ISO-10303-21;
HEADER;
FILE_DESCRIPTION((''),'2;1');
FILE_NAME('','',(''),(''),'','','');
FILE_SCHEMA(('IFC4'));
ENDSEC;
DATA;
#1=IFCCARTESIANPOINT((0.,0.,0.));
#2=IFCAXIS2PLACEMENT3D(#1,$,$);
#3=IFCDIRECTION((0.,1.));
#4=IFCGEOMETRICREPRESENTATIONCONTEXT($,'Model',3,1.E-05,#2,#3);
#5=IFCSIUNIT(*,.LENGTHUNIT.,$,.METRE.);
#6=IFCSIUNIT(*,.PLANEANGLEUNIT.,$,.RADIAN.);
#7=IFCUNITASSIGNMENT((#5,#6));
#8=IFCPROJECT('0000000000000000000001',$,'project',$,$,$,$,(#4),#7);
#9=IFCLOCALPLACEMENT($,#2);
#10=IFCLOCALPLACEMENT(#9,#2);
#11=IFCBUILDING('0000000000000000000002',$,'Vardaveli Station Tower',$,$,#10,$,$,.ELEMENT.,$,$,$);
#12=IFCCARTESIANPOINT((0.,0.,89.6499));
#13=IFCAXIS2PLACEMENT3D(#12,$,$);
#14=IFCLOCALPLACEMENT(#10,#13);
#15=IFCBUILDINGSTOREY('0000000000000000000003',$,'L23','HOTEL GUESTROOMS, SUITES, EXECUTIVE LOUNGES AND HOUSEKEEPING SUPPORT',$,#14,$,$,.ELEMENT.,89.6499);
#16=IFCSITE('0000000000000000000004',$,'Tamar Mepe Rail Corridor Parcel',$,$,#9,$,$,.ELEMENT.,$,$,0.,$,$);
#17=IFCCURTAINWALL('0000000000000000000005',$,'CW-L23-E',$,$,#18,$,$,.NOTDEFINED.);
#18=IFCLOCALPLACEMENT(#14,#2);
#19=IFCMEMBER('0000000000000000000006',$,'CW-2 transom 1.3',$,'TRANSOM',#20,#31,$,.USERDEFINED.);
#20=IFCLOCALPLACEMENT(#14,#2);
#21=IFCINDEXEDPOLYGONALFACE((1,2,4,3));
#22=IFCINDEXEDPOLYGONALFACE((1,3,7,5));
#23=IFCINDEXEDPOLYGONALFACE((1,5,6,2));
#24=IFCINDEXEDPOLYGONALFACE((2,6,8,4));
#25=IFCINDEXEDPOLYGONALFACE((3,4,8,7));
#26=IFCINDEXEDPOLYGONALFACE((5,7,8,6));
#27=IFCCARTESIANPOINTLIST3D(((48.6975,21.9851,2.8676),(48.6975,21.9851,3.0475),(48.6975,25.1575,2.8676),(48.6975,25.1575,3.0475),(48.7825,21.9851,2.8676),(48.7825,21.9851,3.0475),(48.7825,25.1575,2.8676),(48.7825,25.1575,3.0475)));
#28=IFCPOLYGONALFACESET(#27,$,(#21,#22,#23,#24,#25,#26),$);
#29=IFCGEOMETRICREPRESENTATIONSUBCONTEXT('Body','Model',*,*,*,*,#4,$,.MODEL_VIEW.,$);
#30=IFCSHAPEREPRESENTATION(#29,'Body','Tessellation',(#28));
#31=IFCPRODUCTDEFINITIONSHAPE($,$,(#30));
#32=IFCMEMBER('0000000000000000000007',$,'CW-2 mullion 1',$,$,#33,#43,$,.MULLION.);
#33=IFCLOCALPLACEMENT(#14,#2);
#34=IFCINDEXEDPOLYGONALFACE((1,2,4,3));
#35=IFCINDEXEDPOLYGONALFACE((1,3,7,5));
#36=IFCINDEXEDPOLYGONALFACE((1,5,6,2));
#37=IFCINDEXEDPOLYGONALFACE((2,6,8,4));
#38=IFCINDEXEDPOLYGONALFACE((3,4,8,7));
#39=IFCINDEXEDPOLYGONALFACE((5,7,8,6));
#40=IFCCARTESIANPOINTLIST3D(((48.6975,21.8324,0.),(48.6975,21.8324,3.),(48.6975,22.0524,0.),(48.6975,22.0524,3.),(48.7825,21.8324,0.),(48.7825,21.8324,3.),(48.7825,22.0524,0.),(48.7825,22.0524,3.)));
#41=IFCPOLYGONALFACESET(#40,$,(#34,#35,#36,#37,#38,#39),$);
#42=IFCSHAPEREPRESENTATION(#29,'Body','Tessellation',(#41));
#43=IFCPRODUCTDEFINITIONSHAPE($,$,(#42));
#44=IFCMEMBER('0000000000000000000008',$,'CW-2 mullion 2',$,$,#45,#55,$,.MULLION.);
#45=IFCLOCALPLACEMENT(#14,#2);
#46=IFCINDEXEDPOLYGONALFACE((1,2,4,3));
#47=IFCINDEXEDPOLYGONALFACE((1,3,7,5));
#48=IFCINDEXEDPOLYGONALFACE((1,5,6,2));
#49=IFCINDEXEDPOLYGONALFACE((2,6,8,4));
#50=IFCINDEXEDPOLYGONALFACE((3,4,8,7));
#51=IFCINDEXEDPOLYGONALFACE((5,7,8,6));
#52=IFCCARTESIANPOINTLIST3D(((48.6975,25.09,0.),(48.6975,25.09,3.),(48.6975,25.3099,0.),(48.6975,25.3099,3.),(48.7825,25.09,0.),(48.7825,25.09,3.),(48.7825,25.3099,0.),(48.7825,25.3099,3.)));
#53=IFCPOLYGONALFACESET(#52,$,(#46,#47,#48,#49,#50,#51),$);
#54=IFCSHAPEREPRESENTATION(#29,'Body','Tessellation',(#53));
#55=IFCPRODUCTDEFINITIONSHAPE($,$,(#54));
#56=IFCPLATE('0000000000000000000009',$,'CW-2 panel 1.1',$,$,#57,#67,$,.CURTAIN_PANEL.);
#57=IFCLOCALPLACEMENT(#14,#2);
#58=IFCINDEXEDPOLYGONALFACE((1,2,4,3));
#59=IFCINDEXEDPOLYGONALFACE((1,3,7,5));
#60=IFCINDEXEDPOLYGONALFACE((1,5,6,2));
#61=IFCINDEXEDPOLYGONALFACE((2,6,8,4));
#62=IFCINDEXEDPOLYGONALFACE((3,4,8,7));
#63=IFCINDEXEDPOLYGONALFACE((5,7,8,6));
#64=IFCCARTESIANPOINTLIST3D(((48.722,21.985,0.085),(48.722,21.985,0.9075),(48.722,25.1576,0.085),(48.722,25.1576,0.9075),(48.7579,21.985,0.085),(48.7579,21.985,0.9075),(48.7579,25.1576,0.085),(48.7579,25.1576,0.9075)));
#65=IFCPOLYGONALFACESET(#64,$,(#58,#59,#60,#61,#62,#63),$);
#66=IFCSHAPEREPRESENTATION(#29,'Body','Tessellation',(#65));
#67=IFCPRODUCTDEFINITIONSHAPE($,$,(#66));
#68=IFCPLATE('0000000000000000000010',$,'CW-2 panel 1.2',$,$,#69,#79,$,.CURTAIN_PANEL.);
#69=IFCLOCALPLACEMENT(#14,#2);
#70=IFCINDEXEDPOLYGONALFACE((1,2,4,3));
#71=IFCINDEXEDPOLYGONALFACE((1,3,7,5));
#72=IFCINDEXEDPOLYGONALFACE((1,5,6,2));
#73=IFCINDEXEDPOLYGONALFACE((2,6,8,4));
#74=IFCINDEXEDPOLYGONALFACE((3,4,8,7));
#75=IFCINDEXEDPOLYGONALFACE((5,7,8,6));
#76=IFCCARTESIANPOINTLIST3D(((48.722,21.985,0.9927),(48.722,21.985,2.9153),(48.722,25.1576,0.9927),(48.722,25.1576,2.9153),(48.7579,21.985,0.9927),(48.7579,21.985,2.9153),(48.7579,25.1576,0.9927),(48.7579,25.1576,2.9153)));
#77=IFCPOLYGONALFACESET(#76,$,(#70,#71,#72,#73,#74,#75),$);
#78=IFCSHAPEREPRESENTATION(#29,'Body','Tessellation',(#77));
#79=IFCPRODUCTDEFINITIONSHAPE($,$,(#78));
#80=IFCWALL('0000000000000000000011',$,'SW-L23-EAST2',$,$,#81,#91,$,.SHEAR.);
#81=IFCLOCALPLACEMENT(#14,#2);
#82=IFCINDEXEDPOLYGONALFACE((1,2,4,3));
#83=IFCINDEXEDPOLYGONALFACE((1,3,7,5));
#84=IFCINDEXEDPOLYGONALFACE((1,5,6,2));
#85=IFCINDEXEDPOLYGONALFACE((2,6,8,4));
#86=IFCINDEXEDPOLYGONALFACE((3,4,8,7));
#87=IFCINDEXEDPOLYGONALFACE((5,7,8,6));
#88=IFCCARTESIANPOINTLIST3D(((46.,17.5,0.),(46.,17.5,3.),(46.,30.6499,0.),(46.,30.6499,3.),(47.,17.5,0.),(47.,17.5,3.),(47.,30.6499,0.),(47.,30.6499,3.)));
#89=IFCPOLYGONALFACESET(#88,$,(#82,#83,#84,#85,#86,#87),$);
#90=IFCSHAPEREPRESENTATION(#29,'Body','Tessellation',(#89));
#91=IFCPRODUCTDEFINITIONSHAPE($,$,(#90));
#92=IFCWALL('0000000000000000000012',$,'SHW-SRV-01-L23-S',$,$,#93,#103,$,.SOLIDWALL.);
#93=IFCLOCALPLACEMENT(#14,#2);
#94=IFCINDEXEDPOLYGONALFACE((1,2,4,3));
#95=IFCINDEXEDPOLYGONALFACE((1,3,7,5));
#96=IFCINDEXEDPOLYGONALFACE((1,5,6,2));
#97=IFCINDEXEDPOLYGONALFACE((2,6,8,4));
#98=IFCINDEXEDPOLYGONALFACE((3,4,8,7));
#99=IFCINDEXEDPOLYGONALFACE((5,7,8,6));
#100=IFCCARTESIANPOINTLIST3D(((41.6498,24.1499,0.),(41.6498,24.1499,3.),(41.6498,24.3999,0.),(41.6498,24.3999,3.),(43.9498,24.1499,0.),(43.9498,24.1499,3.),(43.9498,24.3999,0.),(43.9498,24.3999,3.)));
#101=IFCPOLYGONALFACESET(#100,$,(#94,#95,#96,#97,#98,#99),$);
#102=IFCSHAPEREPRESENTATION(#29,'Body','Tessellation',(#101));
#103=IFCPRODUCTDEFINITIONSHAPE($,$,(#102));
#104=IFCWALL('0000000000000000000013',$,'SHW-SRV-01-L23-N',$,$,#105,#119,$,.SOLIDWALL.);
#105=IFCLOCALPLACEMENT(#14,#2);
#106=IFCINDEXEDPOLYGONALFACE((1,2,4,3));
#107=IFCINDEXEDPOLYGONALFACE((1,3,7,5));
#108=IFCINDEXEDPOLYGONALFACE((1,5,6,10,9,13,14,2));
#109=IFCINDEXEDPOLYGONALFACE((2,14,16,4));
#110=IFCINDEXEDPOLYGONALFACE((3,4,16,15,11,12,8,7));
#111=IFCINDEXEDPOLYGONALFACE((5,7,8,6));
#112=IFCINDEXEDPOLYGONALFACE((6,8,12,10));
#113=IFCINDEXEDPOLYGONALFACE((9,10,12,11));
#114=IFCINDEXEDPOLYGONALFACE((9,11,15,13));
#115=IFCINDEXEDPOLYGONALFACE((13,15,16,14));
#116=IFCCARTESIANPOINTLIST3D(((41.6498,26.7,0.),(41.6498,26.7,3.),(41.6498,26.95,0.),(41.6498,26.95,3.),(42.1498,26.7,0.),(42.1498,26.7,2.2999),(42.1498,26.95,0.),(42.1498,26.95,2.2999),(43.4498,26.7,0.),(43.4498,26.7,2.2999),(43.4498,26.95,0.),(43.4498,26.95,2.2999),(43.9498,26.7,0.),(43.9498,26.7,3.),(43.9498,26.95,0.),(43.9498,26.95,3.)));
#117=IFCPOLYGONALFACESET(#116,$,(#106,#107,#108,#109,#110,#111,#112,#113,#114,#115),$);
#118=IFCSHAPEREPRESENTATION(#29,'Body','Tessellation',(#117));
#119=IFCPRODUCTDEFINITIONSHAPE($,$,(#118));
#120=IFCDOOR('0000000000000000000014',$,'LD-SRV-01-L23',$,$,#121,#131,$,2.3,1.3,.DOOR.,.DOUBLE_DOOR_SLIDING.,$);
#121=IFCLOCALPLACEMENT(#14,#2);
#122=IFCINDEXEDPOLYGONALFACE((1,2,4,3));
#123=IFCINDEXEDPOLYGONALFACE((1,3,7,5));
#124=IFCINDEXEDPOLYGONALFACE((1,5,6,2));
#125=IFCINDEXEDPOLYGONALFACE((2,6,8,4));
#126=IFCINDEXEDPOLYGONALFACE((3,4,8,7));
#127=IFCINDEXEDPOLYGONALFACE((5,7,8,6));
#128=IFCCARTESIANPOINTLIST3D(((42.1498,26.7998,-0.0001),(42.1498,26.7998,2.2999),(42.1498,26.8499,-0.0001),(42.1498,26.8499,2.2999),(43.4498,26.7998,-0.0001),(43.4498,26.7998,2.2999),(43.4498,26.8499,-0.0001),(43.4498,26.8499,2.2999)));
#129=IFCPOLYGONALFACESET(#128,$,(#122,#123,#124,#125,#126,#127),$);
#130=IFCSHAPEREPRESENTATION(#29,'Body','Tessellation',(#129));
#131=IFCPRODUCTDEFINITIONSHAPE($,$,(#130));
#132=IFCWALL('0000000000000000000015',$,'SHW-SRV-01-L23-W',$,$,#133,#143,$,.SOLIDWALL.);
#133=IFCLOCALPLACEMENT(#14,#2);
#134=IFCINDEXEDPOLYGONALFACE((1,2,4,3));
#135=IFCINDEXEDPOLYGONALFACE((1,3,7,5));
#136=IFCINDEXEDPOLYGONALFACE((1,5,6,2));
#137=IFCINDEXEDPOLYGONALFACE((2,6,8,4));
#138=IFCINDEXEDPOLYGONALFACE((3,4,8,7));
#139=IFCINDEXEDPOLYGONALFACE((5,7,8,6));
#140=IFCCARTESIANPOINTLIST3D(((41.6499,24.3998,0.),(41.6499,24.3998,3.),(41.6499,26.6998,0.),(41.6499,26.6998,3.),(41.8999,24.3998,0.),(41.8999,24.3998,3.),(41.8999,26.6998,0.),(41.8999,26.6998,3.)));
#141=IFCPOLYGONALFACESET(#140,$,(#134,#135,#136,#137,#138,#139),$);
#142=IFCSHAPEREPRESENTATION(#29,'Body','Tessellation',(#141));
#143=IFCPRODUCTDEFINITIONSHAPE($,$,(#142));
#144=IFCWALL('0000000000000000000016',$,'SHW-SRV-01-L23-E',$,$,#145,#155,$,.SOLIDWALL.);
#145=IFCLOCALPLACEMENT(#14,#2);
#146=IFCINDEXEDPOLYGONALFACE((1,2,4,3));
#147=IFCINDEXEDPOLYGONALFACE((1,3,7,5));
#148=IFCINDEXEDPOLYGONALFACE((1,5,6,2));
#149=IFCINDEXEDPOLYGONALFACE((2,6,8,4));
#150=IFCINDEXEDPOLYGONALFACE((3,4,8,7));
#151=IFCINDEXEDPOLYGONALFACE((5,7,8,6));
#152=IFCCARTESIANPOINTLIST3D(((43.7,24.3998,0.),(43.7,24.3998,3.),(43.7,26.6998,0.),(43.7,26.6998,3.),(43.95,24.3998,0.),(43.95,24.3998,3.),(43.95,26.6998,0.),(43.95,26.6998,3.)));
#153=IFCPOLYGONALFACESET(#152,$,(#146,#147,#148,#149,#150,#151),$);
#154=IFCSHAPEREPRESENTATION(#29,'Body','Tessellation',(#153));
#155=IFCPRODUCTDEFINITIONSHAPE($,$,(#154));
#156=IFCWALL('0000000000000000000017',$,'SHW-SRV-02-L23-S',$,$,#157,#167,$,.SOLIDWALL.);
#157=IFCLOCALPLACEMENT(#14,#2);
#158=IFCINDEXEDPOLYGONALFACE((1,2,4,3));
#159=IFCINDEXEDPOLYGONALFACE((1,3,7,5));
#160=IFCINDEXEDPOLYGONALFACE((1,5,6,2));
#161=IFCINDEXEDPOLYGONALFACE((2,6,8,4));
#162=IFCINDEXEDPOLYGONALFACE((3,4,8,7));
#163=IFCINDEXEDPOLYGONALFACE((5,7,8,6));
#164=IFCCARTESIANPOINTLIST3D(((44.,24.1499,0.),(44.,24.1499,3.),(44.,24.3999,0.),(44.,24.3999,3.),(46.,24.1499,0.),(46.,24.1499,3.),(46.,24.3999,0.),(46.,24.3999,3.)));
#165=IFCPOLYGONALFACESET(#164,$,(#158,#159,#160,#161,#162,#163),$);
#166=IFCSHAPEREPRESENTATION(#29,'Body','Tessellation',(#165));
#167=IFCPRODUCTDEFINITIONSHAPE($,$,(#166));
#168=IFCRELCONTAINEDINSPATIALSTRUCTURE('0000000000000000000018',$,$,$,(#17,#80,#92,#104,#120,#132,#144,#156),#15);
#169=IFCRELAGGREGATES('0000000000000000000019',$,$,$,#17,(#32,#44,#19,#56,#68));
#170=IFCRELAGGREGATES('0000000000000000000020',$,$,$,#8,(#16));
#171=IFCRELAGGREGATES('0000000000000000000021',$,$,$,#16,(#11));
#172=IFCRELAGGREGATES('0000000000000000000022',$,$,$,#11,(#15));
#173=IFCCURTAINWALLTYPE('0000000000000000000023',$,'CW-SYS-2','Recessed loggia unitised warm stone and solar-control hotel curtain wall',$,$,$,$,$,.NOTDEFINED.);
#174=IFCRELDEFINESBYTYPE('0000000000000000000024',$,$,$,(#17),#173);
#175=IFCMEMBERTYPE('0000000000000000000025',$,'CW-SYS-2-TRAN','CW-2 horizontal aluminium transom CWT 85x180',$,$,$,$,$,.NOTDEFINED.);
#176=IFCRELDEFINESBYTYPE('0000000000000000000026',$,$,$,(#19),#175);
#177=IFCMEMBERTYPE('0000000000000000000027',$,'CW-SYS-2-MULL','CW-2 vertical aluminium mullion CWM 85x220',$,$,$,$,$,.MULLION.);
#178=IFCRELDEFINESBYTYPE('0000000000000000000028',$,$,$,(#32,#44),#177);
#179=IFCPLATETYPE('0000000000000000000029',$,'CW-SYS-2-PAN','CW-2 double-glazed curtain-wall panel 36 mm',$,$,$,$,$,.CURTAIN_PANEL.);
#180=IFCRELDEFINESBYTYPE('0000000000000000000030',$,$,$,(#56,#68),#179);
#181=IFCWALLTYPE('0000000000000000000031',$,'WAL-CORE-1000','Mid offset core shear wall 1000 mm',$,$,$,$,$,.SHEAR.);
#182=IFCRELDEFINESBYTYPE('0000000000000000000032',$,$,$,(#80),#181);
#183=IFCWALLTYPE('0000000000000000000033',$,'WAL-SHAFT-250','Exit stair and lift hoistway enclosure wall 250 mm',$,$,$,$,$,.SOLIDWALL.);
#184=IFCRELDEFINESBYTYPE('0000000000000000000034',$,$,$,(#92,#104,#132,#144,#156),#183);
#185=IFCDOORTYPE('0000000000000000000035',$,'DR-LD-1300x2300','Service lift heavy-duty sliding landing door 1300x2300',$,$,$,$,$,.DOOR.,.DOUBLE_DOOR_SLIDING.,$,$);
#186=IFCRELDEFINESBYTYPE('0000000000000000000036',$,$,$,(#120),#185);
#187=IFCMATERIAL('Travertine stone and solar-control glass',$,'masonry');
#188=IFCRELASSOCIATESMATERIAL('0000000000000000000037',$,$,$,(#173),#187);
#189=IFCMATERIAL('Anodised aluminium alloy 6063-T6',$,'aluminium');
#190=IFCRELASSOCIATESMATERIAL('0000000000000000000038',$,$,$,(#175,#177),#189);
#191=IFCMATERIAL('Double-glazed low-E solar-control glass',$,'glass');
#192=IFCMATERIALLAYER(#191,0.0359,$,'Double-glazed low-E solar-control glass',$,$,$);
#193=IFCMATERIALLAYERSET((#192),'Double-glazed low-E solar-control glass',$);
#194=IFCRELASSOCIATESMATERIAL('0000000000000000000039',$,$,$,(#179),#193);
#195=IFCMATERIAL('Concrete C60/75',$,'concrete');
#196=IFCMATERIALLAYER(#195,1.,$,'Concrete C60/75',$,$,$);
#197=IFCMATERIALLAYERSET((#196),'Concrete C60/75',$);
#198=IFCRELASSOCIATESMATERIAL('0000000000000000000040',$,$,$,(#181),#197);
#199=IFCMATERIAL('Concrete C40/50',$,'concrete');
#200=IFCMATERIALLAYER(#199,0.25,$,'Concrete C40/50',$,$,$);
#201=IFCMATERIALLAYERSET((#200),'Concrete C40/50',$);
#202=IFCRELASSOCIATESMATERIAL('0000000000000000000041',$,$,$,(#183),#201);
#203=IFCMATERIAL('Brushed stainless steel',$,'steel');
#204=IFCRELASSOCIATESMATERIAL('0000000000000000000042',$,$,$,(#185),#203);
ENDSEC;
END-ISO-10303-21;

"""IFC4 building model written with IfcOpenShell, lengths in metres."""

from ifc_helpers import new_model, si_unit, direction, frame, frame_2d, origin, origin_2d, place, context, subcontext, project, spatial, rectangle, extrude, source, transform, mapped, material, layer, layer_set, material_profile, profile_set, type_object, element, fill, aggregate, save


model = new_model("IFC4")

# Units and contexts
model_context = context("Model", 3, precision=1e-05, world=origin(), true_north=direction((0.0, 1.0)))
body_context = subcontext(model_context, "Body", "Model", "MODEL_VIEW")
ifc_project = project(units=[si_unit("LENGTHUNIT", "METRE"), si_unit("PLANEANGLEUNIT", "RADIAN")], contexts=[model_context])

# Site, building, storey
site_placement = place(None, origin())
site = spatial("IfcSite", under=ifc_project, at=site_placement, Name="Tamar Mepe Rail Corridor Parcel", CompositionType="ELEMENT", RefElevation=0.0)
building_placement = place(site_placement, origin())
building = spatial("IfcBuilding", under=site, at=building_placement, Name="Vardaveli Station Tower", CompositionType="ELEMENT")
storey_placement = place(building_placement, frame((0.0, 0.0, 89.6499)))
storey = spatial("IfcBuildingStorey", under=building, at=storey_placement, Name="L23", Description="HOTEL GUESTROOMS, SUITES, EXECUTIVE LOUNGES AND HOUSEKEEPING SUPPORT", CompositionType="ELEMENT", Elevation=89.6499)

# Curtain wall, members, plates
ifc_material_1 = material(Name="Travertine stone and solar-control glass", Category="masonry")
curtain_wall_type = type_object("IfcCurtainWallType", Name="CW-SYS-2", Description="Recessed loggia unitised warm stone and solar-control hotel curtain wall", PredefinedType="NOTDEFINED", material=ifc_material_1)
curtain_wall_placement = place(storey_placement, origin())
curtain_wall = element("IfcCurtainWall", 1, at=curtain_wall_placement, inside=storey, type_object=curtain_wall_type, Name="CW-L23-E", PredefinedType="NOTDEFINED")
ifc_material_2 = material(Name="Anodised aluminium alloy 6063-T6", Category="aluminium")
ifc_material_profile_1 = material_profile(ifc_material_2, rectangle(XDim=0.085, YDim=0.1799, at=origin_2d()), Name="CWT 85x180")
ifc_profile_set_1 = profile_set([ifc_material_profile_1], Name="Anodised aluminium alloy 6063-T6")
member_type_1 = type_object("IfcMemberType", Name="CW-SYS-2-TRAN", Description="CW-2 horizontal aluminium transom CWT 85x180", PredefinedType="NOTDEFINED", material=ifc_profile_set_1)
shared_shape_1 = source(origin(), body_context, "Body", "SweptSolid", [
    extrude(rectangle(XDim=0.085, YDim=0.1799, at=origin_2d()), origin(), (0.0, 0.0, 1.0), 3.1724),
])
member_1_placement = place(storey_placement, frame((48.74, 21.9851, 2.9575), z_axis=(0.0, 1.0, 0.0), x_axis=(-1.0, 0.0, 0.0)))
member_1 = element("IfcMember", 2, at=member_1_placement, type_object=member_type_1, Name="CW-2 transom 1.3", ObjectType="TRANSOM", PredefinedType="USERDEFINED", context=body_context, shape_type="MappedRepresentation", body=[
    mapped(shared_shape_1, transform((0.0, 0.0, 0.0), scale=1.0)),
])
ifc_material_profile_2 = material_profile(ifc_material_2, rectangle(XDim=0.085, YDim=0.22, at=origin_2d()), Name="CWM 85x220")
ifc_profile_set_2 = profile_set([ifc_material_profile_2], Name="Anodised aluminium alloy 6063-T6")
member_type_2 = type_object("IfcMemberType", Name="CW-SYS-2-MULL", Description="CW-2 vertical aluminium mullion CWM 85x220", PredefinedType="MULLION", material=ifc_profile_set_2)
shared_shape_2 = source(origin(), body_context, "Body", "SweptSolid", [
    extrude(rectangle(XDim=0.085, YDim=0.22, at=origin_2d()), origin(), (0.0, 0.0, 1.0), 3.0),
])
member_2_placement = place(storey_placement, frame((48.74, 21.9424, 0.0), z_axis=(0.0, 0.0, 1.0), x_axis=(-1.0, 0.0, 0.0)))
member_2 = element("IfcMember", 3, at=member_2_placement, type_object=member_type_2, Name="CW-2 mullion 1", PredefinedType="MULLION", context=body_context, shape_type="MappedRepresentation", body=[
    mapped(shared_shape_2, transform((0.0, 0.0, 0.0), scale=1.0)),
])
member_3_placement = place(storey_placement, frame((48.74, 25.2, 0.0), z_axis=(0.0, 0.0, 1.0), x_axis=(-1.0, 0.0, 0.0)))
member_3 = element("IfcMember", 4, at=member_3_placement, type_object=member_type_2, Name="CW-2 mullion 2", PredefinedType="MULLION", context=body_context, shape_type="MappedRepresentation", body=[
    mapped(shared_shape_2, transform((0.0, 0.0, 0.0), scale=1.0)),
])
ifc_material_3 = material(Name="Double-glazed low-E solar-control glass", Category="glass")
ifc_layer_1 = layer(ifc_material_3, 0.0359, Name="Double-glazed low-E solar-control glass")
ifc_layer_set_1 = layer_set([ifc_layer_1], Name="Double-glazed low-E solar-control glass")
plate_type = type_object("IfcPlateType", Name="CW-SYS-2-PAN", Description="CW-2 double-glazed curtain-wall panel 36 mm", PredefinedType="CURTAIN_PANEL", material=ifc_layer_set_1)
shared_shape_3 = source(origin(), body_context, "Body", "SweptSolid", [
    extrude(rectangle(XDim=3.1726, YDim=0.0359, at=origin_2d()), origin(), (0.0, 0.0, 1.0), 0.8225),
])
plate_1_placement = place(storey_placement, frame((48.74, 23.5713, 0.085), z_axis=(0.0, 0.0, 1.0), x_axis=(0.0, 1.0, 0.0)))
plate_1 = element("IfcPlate", 5, at=plate_1_placement, type_object=plate_type, Name="CW-2 panel 1.1", PredefinedType="CURTAIN_PANEL", context=body_context, shape_type="MappedRepresentation", body=[
    mapped(shared_shape_3, transform((0.0, 0.0, 0.0), scale=1.0)),
])
shared_shape_4 = source(origin(), body_context, "Body", "SweptSolid", [
    extrude(rectangle(XDim=3.1726, YDim=0.0359, at=origin_2d()), origin(), (0.0, 0.0, 1.0), 1.9226),
])
plate_2_placement = place(storey_placement, frame((48.74, 23.5713, 0.9927), z_axis=(0.0, 0.0, 1.0), x_axis=(0.0, 1.0, 0.0)))
plate_2 = element("IfcPlate", 6, at=plate_2_placement, type_object=plate_type, Name="CW-2 panel 1.2", PredefinedType="CURTAIN_PANEL", context=body_context, shape_type="MappedRepresentation", body=[
    mapped(shared_shape_4, transform((0.0, 0.0, 0.0), scale=1.0)),
])
aggregate(curtain_wall, [member_2, member_3, member_1, plate_1, plate_2])

# Walls
ifc_material_4 = material(Name="Concrete C60/75", Category="concrete")
ifc_layer_2 = layer(ifc_material_4, 1.0, Name="Concrete C60/75")
ifc_layer_set_2 = layer_set([ifc_layer_2], Name="Concrete C60/75")
wall_type_1 = type_object("IfcWallType", Name="WAL-CORE-1000", Description="Mid offset core shear wall 1000 mm", PredefinedType="SHEAR", material=ifc_layer_set_2)
shared_shape_5 = source(origin(), body_context, "Body", "SweptSolid", [
    extrude(rectangle(XDim=13.1499, YDim=1.0, at=frame_2d((6.575, 0.0))), origin(), (0.0, 0.0, 1.0), 3.0),
])
wall_1_placement = place(storey_placement, frame((46.5, 17.5, 0.0), z_axis=(0.0, 0.0, 1.0), x_axis=(0.0, 1.0, 0.0)))
element("IfcWall", 7, at=wall_1_placement, inside=storey, type_object=wall_type_1, Name="SW-L23-EAST2", PredefinedType="SHEAR", context=body_context, shape_type="MappedRepresentation", body=[
    mapped(shared_shape_5, transform((0.0, 0.0, 0.0), scale=1.0)),
])
ifc_material_5 = material(Name="Concrete C40/50", Category="concrete")
ifc_layer_3 = layer(ifc_material_5, 0.25, Name="Concrete C40/50")
ifc_layer_set_3 = layer_set([ifc_layer_3], Name="Concrete C40/50")
wall_type_2 = type_object("IfcWallType", Name="WAL-SHAFT-250", Description="Exit stair and lift hoistway enclosure wall 250 mm", PredefinedType="SOLIDWALL", material=ifc_layer_set_3)
shared_shape_6 = source(origin(), body_context, "Body", "SweptSolid", [
    extrude(rectangle(XDim=2.3, YDim=0.25, at=frame_2d((1.1499, 0.0))), origin(), (0.0, 0.0, 1.0), 3.0),
])
wall_2_placement = place(storey_placement, frame((41.6499, 24.2749, 0.0), z_axis=(0.0, 0.0, 1.0), x_axis=(1.0, 0.0, 0.0)))
element("IfcWall", 8, at=wall_2_placement, inside=storey, type_object=wall_type_2, Name="SHW-SRV-01-L23-S", PredefinedType="SOLIDWALL", context=body_context, shape_type="MappedRepresentation", body=[
    mapped(shared_shape_6, transform((0.0, 0.0, 0.0), scale=1.0)),
])

# Wall, opening, door
wall_3_placement = place(storey_placement, frame((41.6499, 26.825, 0.0), z_axis=(0.0, 0.0, 1.0), x_axis=(1.0, 0.0, 0.0)))
wall_3 = element("IfcWall", 9, at=wall_3_placement, inside=storey, type_object=wall_type_2, Name="SHW-SRV-01-L23-N", PredefinedType="SOLIDWALL", context=body_context, shape_type="MappedRepresentation", body=[
    mapped(shared_shape_6, transform((0.0, 0.0, 0.0), scale=1.0)),
])
shared_shape_7 = source(origin(), body_context, "Body", "SweptSolid", [
    extrude(rectangle(XDim=1.3, YDim=2.3, at=frame_2d((0.6499, 1.1499))), frame((0.0, 0.135, 0.0), z_axis=(0.0, -1.0, 0.0), x_axis=(1.0, 0.0, 0.0)), (0.0, 0.0, 1.0), 0.27),
])
opening_placement = place(wall_3_placement, frame((0.5, 0.0, 0.0)))
opening = element("IfcOpeningElement", 10, at=opening_placement, cuts=wall_3, PredefinedType="OPENING", context=body_context, shape_type="MappedRepresentation", body=[
    mapped(shared_shape_7, transform((0.0, 0.0, 0.0), scale=1.0)),
])
ifc_material_6 = material(Name="Brushed stainless steel", Category="steel")
door_type = type_object("IfcDoorType", Name="DR-LD-1300x2300", Description="Service lift heavy-duty sliding landing door 1300x2300", OperationType="DOUBLE_DOOR_SLIDING", PredefinedType="DOOR", material=ifc_material_6)
shared_shape_8 = source(origin(), body_context, "Body", "SweptSolid", [
    extrude(rectangle(XDim=1.3, YDim=2.3, at=frame_2d((0.6499, 1.1499))), frame((0.0, 0.0249, 0.0), z_axis=(0.0, -1.0, 0.0), x_axis=(1.0, 0.0, 0.0)), (0.0, 0.0, 1.0), 0.05),
])
door_placement = place(opening_placement, origin())
door = element("IfcDoor", 11, at=door_placement, inside=storey, type_object=door_type, Name="LD-SRV-01-L23", OperationType="DOUBLE_DOOR_SLIDING", OverallHeight=2.3, OverallWidth=1.3, PredefinedType="DOOR", context=body_context, shape_type="MappedRepresentation", body=[
    mapped(shared_shape_8, transform((0.0, 0.0, 0.0), scale=1.0)),
])
fill(opening, door)

# Walls
for number, where, z_axis, x_axis, name in (
    (12, (41.7749, 24.3999, 0.0), (0.0, 0.0, 1.0), (0.0, 1.0, 0.0), "SHW-SRV-01-L23-W"),
    (13, (43.825, 24.3999, 0.0), (0.0, 0.0, 1.0), (0.0, 1.0, 0.0), "SHW-SRV-01-L23-E"),
):
    element("IfcWall", number, at=place(storey_placement, frame(where, z_axis=z_axis, x_axis=x_axis)), inside=storey, type_object=wall_type_2, Name=name, PredefinedType="SOLIDWALL", context=body_context, shape_type="MappedRepresentation", body=[
        mapped(shared_shape_6, transform((0.0, 0.0, 0.0), scale=1.0)),
    ])
shared_shape_9 = source(origin(), body_context, "Body", "SweptSolid", [
    extrude(rectangle(XDim=2.0, YDim=0.25, at=frame_2d((1.0, 0.0))), origin(), (0.0, 0.0, 1.0), 3.0),
])
wall_4_placement = place(storey_placement, frame((44.0, 24.2749, 0.0), z_axis=(0.0, 0.0, 1.0), x_axis=(1.0, 0.0, 0.0)))
element("IfcWall", 14, at=wall_4_placement, inside=storey, type_object=wall_type_2, Name="SHW-SRV-02-L23-S", PredefinedType="SOLIDWALL", context=body_context, shape_type="MappedRepresentation", body=[
    mapped(shared_shape_9, transform((0.0, 0.0, 0.0), scale=1.0)),
])

save(model, "model.ifc")
